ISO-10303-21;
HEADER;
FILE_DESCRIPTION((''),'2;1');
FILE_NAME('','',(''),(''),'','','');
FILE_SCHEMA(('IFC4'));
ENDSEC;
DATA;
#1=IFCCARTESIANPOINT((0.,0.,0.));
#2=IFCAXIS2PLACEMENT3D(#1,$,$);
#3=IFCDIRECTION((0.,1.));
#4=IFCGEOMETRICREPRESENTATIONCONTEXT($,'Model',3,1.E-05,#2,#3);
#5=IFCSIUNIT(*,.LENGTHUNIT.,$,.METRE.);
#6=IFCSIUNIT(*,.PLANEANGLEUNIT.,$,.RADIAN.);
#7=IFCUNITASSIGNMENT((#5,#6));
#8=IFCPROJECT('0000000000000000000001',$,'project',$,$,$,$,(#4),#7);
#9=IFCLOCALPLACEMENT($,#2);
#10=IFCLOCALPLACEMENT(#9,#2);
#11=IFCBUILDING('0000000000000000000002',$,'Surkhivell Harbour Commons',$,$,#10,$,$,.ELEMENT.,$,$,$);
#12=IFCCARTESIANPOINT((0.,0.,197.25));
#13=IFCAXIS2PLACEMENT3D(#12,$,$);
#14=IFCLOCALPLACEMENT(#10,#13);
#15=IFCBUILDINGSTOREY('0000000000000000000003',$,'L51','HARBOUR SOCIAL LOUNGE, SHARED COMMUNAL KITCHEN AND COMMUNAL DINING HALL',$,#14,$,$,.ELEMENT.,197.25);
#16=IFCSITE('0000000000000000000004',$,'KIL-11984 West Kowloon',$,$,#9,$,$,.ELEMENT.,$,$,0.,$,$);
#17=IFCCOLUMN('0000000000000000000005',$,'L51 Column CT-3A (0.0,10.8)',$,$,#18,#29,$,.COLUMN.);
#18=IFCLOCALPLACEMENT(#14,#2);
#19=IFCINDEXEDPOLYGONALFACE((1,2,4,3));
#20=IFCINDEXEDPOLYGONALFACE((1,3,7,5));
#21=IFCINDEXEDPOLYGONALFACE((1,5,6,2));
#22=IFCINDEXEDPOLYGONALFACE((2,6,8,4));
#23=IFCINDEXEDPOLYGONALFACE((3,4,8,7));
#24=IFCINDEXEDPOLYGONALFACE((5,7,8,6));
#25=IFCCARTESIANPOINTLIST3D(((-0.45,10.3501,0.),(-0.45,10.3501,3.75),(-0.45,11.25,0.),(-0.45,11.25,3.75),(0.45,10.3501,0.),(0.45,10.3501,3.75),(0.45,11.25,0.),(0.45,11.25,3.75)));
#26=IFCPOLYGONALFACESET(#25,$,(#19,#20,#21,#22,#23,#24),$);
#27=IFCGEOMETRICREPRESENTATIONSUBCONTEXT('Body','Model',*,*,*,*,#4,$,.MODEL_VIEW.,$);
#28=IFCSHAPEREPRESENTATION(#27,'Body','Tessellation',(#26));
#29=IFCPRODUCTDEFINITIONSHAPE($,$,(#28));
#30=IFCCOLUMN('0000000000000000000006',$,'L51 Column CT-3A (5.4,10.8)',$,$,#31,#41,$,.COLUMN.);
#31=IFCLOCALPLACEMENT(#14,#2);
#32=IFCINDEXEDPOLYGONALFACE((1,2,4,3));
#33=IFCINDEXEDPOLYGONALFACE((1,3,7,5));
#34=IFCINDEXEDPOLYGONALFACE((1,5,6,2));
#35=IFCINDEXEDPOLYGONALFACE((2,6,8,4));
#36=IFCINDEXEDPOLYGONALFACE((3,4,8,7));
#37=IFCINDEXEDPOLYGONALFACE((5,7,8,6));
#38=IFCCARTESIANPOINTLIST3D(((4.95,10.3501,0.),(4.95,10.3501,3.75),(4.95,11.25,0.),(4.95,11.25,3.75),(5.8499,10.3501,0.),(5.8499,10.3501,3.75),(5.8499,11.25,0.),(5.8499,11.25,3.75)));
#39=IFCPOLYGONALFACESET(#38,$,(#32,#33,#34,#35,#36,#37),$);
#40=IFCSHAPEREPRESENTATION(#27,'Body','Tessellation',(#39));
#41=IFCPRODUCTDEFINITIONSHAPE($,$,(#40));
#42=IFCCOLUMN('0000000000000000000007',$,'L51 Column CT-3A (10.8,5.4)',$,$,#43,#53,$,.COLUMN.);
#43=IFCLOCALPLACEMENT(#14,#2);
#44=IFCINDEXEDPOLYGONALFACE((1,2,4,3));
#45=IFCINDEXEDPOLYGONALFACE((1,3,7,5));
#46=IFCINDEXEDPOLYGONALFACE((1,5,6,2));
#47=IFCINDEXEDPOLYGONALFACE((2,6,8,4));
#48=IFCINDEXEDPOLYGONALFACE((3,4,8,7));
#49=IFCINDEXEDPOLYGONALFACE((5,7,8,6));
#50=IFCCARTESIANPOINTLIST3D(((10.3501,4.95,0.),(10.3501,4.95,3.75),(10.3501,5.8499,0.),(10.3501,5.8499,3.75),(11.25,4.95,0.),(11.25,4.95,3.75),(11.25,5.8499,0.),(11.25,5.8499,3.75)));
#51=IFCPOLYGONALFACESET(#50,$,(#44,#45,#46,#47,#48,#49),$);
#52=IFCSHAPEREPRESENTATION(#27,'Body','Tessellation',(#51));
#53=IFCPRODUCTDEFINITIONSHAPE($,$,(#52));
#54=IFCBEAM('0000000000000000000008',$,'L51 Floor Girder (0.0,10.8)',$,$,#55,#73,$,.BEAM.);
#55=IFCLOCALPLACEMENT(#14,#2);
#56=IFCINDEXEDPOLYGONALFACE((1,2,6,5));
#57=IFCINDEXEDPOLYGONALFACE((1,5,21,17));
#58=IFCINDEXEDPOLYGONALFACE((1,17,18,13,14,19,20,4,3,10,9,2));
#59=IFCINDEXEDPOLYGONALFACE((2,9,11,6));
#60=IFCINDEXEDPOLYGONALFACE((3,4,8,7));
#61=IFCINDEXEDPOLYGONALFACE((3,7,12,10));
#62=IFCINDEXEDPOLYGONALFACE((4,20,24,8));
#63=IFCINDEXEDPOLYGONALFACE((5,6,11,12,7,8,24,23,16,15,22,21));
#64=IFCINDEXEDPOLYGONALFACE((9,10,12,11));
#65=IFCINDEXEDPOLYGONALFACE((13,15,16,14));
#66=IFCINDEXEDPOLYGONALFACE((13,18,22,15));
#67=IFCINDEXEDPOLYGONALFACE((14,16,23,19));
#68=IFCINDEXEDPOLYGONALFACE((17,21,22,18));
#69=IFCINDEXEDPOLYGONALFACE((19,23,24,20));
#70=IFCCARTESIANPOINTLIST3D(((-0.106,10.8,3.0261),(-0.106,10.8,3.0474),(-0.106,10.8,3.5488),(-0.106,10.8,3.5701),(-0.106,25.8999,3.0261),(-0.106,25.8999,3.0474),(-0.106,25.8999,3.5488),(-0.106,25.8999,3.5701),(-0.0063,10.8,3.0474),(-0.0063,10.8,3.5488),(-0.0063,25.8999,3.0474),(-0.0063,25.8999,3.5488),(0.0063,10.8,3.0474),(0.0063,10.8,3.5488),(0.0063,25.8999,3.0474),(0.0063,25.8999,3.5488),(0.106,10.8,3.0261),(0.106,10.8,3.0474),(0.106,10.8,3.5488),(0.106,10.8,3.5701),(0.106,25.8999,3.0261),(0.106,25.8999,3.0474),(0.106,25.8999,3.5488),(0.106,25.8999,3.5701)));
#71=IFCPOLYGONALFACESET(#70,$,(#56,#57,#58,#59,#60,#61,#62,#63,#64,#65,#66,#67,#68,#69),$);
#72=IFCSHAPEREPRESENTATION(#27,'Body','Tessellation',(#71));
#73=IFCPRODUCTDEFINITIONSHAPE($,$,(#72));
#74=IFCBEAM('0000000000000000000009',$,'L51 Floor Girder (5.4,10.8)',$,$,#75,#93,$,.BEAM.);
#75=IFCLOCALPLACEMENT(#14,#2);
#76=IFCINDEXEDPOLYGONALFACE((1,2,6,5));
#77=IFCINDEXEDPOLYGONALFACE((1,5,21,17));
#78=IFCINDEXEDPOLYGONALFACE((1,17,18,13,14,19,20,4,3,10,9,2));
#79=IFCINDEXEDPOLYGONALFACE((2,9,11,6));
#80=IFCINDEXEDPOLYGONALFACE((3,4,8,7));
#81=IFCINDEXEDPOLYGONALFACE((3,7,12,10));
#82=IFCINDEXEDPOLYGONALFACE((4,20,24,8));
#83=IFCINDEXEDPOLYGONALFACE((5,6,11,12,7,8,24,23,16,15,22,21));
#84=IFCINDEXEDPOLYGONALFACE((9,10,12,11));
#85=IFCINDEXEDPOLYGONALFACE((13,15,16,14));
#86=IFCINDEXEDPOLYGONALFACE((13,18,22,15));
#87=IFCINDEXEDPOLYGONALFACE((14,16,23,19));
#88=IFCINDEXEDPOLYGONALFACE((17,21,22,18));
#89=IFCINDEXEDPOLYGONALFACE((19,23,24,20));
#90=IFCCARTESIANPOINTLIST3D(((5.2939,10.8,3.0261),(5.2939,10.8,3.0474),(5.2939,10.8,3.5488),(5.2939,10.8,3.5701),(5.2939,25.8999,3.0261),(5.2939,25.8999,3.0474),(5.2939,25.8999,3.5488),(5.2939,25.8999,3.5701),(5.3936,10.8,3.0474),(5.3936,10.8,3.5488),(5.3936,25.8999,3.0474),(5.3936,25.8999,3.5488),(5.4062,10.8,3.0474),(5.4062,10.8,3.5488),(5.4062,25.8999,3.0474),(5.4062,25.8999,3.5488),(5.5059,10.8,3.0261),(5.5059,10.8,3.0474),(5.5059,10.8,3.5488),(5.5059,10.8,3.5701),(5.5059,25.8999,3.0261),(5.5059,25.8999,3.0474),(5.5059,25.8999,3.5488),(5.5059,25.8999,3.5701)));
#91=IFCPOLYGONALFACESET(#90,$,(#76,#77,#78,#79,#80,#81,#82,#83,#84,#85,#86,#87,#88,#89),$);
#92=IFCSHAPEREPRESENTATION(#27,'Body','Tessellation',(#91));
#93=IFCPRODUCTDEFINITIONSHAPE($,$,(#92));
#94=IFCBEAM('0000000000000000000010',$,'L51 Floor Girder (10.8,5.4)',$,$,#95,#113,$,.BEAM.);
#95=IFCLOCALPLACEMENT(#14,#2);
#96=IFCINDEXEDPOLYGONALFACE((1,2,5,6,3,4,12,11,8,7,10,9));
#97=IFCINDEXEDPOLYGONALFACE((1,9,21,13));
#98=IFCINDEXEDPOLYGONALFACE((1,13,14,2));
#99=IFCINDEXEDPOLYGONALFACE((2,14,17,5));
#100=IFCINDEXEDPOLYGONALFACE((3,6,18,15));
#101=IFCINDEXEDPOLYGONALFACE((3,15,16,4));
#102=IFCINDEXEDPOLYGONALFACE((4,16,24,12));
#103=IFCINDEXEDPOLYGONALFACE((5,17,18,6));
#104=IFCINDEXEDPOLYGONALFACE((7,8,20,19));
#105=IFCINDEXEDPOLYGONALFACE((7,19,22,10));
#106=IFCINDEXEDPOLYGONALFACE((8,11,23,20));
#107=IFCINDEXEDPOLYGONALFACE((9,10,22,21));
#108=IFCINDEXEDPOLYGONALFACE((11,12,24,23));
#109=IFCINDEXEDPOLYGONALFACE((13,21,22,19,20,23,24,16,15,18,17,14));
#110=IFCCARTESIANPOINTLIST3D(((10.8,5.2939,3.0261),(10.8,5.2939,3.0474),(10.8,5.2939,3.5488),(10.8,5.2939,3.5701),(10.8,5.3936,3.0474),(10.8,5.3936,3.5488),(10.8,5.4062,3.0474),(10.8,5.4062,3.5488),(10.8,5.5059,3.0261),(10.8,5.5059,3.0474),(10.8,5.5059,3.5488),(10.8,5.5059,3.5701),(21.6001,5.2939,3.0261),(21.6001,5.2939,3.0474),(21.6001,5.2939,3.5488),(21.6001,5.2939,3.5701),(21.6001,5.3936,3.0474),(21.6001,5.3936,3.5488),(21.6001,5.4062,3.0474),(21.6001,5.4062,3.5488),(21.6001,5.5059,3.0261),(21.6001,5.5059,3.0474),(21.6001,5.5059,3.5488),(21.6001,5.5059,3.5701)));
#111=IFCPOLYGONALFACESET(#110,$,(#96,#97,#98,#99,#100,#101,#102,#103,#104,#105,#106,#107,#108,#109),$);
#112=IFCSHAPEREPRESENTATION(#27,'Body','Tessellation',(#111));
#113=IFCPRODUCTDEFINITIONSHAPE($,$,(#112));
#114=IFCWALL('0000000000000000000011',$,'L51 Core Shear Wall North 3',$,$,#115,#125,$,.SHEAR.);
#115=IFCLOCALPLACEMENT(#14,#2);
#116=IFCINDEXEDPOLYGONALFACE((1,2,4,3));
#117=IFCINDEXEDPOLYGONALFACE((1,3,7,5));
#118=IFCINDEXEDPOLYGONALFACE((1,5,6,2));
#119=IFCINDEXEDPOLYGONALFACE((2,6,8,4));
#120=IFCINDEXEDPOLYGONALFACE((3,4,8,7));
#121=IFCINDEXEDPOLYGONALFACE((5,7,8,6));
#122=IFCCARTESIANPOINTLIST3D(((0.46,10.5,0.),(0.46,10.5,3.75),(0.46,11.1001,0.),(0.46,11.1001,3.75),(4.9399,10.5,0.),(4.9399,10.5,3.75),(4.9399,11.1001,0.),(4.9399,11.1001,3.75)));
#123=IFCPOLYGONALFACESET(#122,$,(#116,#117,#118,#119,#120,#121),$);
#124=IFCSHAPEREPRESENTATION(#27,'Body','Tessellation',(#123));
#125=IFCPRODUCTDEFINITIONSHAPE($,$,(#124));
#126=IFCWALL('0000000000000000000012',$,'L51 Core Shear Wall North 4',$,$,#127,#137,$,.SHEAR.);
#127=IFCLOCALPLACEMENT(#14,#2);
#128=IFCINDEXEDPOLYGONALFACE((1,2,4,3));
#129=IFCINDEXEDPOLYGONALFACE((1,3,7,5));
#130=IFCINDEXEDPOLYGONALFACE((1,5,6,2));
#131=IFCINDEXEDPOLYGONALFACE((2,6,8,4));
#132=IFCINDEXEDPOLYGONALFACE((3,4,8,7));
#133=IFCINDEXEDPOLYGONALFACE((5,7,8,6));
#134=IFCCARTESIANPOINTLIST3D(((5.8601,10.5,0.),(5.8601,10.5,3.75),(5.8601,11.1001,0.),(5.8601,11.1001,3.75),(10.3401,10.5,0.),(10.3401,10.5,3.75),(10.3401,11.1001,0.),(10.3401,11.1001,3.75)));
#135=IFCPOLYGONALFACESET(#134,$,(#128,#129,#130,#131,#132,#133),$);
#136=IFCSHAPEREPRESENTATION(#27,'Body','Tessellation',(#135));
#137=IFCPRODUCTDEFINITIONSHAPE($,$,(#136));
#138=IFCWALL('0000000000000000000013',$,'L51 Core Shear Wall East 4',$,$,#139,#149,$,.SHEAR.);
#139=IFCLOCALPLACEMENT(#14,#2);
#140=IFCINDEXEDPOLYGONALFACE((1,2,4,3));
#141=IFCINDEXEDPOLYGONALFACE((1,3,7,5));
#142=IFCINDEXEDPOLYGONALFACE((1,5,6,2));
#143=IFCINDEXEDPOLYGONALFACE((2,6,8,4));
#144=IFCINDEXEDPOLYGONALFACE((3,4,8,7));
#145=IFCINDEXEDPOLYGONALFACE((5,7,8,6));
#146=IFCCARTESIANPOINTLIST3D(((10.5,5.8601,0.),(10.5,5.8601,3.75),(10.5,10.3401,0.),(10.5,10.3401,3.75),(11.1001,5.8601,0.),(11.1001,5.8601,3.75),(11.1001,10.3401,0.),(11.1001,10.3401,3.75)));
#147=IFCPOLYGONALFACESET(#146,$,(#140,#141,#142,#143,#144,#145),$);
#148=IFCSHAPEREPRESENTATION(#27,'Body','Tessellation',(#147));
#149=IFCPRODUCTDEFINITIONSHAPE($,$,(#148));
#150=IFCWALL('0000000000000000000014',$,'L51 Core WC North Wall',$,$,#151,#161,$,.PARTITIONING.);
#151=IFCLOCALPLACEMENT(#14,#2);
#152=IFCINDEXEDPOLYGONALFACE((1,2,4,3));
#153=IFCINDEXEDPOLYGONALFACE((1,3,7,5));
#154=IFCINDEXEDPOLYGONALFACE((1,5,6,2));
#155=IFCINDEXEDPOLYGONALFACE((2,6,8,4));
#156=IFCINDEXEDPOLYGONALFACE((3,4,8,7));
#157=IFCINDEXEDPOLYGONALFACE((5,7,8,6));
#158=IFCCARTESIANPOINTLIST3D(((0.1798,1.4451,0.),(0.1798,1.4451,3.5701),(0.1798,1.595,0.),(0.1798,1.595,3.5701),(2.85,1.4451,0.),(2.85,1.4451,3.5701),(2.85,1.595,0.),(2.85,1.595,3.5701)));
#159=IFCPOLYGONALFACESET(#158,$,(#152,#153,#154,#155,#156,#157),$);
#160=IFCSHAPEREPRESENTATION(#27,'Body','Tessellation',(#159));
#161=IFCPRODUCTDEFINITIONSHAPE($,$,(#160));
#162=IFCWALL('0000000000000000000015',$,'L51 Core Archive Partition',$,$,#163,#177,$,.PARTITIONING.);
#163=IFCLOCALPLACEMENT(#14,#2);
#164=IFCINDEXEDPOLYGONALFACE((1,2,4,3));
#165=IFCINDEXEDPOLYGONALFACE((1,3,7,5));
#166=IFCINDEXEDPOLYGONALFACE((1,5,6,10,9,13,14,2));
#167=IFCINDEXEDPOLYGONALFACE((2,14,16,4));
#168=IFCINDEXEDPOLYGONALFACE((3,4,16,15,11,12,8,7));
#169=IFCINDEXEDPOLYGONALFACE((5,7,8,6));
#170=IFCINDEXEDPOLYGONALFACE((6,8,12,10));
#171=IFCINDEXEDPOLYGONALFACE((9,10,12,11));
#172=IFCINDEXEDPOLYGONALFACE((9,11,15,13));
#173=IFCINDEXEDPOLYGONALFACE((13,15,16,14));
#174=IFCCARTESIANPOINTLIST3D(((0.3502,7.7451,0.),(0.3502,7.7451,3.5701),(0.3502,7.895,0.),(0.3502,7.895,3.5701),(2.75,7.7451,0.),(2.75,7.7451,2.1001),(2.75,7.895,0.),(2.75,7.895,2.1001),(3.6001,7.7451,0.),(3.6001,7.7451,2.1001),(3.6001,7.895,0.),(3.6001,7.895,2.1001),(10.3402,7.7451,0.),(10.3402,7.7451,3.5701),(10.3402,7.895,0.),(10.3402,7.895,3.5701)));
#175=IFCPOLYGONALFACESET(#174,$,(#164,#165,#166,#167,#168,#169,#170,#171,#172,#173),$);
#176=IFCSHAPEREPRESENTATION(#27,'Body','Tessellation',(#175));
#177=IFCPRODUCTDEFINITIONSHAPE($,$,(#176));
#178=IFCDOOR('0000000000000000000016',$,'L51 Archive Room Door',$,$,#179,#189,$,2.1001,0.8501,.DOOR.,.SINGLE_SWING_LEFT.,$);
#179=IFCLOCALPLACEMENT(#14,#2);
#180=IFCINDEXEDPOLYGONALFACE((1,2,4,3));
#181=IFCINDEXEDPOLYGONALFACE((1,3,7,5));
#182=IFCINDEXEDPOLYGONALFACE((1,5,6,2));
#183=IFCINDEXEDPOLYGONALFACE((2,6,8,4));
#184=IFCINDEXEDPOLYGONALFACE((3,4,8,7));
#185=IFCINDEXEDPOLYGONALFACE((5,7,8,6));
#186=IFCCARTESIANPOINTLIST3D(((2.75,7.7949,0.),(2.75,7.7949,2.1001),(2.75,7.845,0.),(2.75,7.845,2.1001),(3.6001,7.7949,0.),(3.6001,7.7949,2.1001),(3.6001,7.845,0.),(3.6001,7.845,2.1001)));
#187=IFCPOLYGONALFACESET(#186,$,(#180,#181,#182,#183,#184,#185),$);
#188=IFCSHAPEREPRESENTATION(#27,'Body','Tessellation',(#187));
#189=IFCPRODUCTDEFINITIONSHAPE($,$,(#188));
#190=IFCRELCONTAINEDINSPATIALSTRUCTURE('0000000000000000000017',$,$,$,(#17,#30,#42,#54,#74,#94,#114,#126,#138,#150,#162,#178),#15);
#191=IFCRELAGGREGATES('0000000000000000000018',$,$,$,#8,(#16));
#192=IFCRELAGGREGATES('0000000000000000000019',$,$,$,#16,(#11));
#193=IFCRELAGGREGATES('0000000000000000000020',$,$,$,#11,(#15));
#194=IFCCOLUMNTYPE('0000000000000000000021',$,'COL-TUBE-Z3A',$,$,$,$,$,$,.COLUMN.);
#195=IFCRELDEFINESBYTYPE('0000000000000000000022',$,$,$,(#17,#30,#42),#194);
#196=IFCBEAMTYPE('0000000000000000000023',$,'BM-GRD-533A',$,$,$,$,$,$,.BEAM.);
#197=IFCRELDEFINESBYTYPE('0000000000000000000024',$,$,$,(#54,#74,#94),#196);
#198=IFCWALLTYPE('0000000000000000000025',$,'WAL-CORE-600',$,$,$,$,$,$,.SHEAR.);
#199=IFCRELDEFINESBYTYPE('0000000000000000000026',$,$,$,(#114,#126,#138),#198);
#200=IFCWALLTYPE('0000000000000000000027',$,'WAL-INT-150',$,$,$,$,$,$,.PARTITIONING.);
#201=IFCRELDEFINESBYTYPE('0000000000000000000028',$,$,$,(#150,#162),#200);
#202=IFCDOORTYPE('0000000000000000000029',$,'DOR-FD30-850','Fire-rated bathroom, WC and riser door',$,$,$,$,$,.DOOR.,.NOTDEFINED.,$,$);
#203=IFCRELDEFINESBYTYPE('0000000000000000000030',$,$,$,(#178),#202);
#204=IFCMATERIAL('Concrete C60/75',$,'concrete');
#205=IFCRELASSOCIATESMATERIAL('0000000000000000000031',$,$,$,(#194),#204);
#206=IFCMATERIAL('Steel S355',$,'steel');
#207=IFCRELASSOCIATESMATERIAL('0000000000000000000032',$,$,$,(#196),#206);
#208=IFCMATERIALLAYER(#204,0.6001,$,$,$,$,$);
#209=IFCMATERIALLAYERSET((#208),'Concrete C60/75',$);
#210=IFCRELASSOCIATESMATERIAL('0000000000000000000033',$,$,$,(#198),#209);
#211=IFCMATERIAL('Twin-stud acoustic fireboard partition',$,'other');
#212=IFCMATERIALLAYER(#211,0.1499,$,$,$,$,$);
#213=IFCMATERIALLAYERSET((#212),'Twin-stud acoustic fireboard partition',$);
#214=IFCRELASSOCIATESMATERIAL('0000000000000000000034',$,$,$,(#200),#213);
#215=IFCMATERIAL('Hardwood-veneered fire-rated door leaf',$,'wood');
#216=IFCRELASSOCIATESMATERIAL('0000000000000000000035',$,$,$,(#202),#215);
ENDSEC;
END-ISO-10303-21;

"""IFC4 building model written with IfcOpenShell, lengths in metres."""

from ifc_helpers import new_model, si_unit, direction, frame, frame_2d, origin, origin_2d, place, context, subcontext, project, spatial, rectangle, i_section, extrude, material, layer, layer_set, material_profile, profile_set, type_object, element, fill, save


model = new_model("IFC4")

# Units and contexts
model_context = context("Model", 3, precision=1e-05, world=origin(), true_north=direction((0.0, 1.0)))
body_context = subcontext(model_context, "Body", "Model", "MODEL_VIEW")
ifc_project = project(units=[si_unit("LENGTHUNIT", "METRE"), si_unit("PLANEANGLEUNIT", "RADIAN")], contexts=[model_context])

# Site, building, storey
site_placement = place(None, origin())
site = spatial("IfcSite", under=ifc_project, at=site_placement, Name="KIL-11984 West Kowloon", CompositionType="ELEMENT", RefElevation=0.0)
building_placement = place(site_placement, origin())
building = spatial("IfcBuilding", under=site, at=building_placement, Name="Surkhivell Harbour Commons", CompositionType="ELEMENT")
storey_placement = place(building_placement, frame((0.0, 0.0, 197.25)))
storey = spatial("IfcBuildingStorey", under=building, at=storey_placement, Name="L51", Description="HARBOUR SOCIAL LOUNGE, SHARED COMMUNAL KITCHEN AND COMMUNAL DINING HALL", CompositionType="ELEMENT", Elevation=197.25)

# Columns
ifc_material_1 = material(Name="Concrete C60/75", Category="concrete")
ifc_material_profile_1 = material_profile(ifc_material_1, rectangle(XDim=0.8999, YDim=0.8999, at=origin_2d()), Name="RC-COL-900x900")
ifc_profile_set_1 = profile_set([ifc_material_profile_1], Name="Concrete C60/75")
column_type = type_object("IfcColumnType", Name="COL-TUBE-Z3A", PredefinedType="COLUMN", material=ifc_profile_set_1)
for number, where, z_axis, x_axis, name in (
    (1, (0.0, 10.8, 0.0), (0.0, 0.0, 1.0), (1.0, 0.0, 0.0), "L51 Column CT-3A (0.0,10.8)"),
    (2, (5.3999, 10.8, 0.0), (0.0, 0.0, 1.0), (1.0, 0.0, 0.0), "L51 Column CT-3A (5.4,10.8)"),
    (3, (10.8, 5.3999, 0.0), (0.0, 0.0, 1.0), (1.0, 0.0, 0.0), "L51 Column CT-3A (10.8,5.4)"),
):
    element("IfcColumn", number, at=place(storey_placement, frame(where, z_axis=z_axis, x_axis=x_axis)), inside=storey, type_object=column_type, Name=name, PredefinedType="COLUMN", context=body_context, shape_type="SweptSolid", body=[
        extrude(rectangle(XDim=0.8999, YDim=0.8999, at=origin_2d()), origin(), (0.0, 0.0, 1.0), 3.75),
    ])

# Beams
ifc_material_2 = material(Name="Steel S355", Category="steel")
ifc_material_profile_2 = material_profile(ifc_material_2, i_section(OverallWidth=0.2119, OverallDepth=0.5439, WebThickness=0.0127, FlangeThickness=0.0212, at=origin_2d()), Name="UB533x210x122")
ifc_profile_set_2 = profile_set([ifc_material_profile_2], Name="Steel S355")
beam_type = type_object("IfcBeamType", Name="BM-GRD-533A", PredefinedType="BEAM", material=ifc_profile_set_2)
for number, where, z_axis, x_axis, name in (
    (4, (0.0, 10.8, 3.2981), (0.0, 1.0, 0.0), (-1.0, 0.0, 0.0), "L51 Floor Girder (0.0,10.8)"),
    (5, (5.3999, 10.8, 3.2981), (0.0, 1.0, 0.0), (-1.0, 0.0, 0.0), "L51 Floor Girder (5.4,10.8)"),
):
    element("IfcBeam", number, at=place(storey_placement, frame(where, z_axis=z_axis, x_axis=x_axis)), inside=storey, type_object=beam_type, Name=name, PredefinedType="BEAM", context=body_context, shape_type="SweptSolid", body=[
        extrude(i_section(OverallWidth=0.2119, OverallDepth=0.5439, WebThickness=0.0127, FlangeThickness=0.0212, at=origin_2d()), origin(), (0.0, 0.0, 1.0), 15.0999),
    ])
beam_placement = place(storey_placement, frame((10.8, 5.3999, 3.2981), z_axis=(1.0, 0.0, 0.0), x_axis=(0.0, 1.0, 0.0)))
element("IfcBeam", 6, at=beam_placement, inside=storey, type_object=beam_type, Name="L51 Floor Girder (10.8,5.4)", PredefinedType="BEAM", context=body_context, shape_type="SweptSolid", body=[
    extrude(i_section(OverallWidth=0.2119, OverallDepth=0.5439, WebThickness=0.0127, FlangeThickness=0.0212, at=origin_2d()), origin(), (0.0, 0.0, 1.0), 10.8),
])

# Walls
ifc_layer_1 = layer(ifc_material_1, 0.6001)
ifc_layer_set_1 = layer_set([ifc_layer_1], Name="Concrete C60/75")
wall_type_1 = type_object("IfcWallType", Name="WAL-CORE-600", PredefinedType="SHEAR", material=ifc_layer_set_1)
for number, where, z_axis, x_axis, name in (
    (7, (0.46, 10.8, 0.0), (0.0, 0.0, 1.0), (1.0, 0.0, 0.0), "L51 Core Shear Wall North 3"),
    (8, (5.8601, 10.8, 0.0), (0.0, 0.0, 1.0), (1.0, 0.0, 0.0), "L51 Core Shear Wall North 4"),
    (9, (10.8, 5.8601, 0.0), (0.0, 0.0, 1.0), (0.0, 1.0, 0.0), "L51 Core Shear Wall East 4"),
):
    element("IfcWall", number, at=place(storey_placement, frame(where, z_axis=z_axis, x_axis=x_axis)), inside=storey, type_object=wall_type_1, Name=name, PredefinedType="SHEAR", context=body_context, shape_type="SweptSolid", body=[
        extrude(rectangle(XDim=4.48, YDim=0.6001, at=frame_2d((2.24, 0.0))), origin(), (0.0, 0.0, 1.0), 3.75),
    ])
ifc_material_3 = material(Name="Twin-stud acoustic fireboard partition", Category="other")
ifc_layer_2 = layer(ifc_material_3, 0.1499)
ifc_layer_set_2 = layer_set([ifc_layer_2], Name="Twin-stud acoustic fireboard partition")
wall_type_2 = type_object("IfcWallType", Name="WAL-INT-150", PredefinedType="PARTITIONING", material=ifc_layer_set_2)
wall_1_placement = place(storey_placement, frame((0.1799, 1.52, 0.0), z_axis=(0.0, 0.0, 1.0), x_axis=(1.0, 0.0, 0.0)))
element("IfcWall", 10, at=wall_1_placement, inside=storey, type_object=wall_type_2, Name="L51 Core WC North Wall", PredefinedType="PARTITIONING", context=body_context, shape_type="SweptSolid", body=[
    extrude(rectangle(XDim=2.6702, YDim=0.1499, at=frame_2d((1.335, 0.0))), origin(), (0.0, 0.0, 1.0), 3.5701),
])

# Wall, opening, door
wall_2_placement = place(storey_placement, frame((0.3501, 7.8201, 0.0), z_axis=(0.0, 0.0, 1.0), x_axis=(1.0, 0.0, 0.0)))
wall_2 = element("IfcWall", 11, at=wall_2_placement, inside=storey, type_object=wall_type_2, Name="L51 Core Archive Partition", PredefinedType="PARTITIONING", context=body_context, shape_type="SweptSolid", body=[
    extrude(rectangle(XDim=9.99, YDim=0.1499, at=frame_2d((4.9951, 0.0))), origin(), (0.0, 0.0, 1.0), 3.5701),
])
opening_1_placement = place(wall_2_placement, frame((2.3999, 0.0, 0.0)))
opening_1 = element("IfcOpeningElement", 12, at=opening_1_placement, cuts=wall_2, PredefinedType="OPENING", context=body_context, shape_type="SweptSolid", body=[
    extrude(rectangle(XDim=0.8501, YDim=2.1001, at=frame_2d((0.425, 1.05))), frame((0.0, 0.085, 0.0), z_axis=(0.0, -1.0, 0.0), x_axis=(1.0, 0.0, 0.0)), (0.0, 0.0, 1.0), 0.1699),
])
ifc_material_4 = material(Name="Hardwood-veneered fire-rated door leaf", Category="wood")
door_type_1 = type_object("IfcDoorType", Name="DOR-FD30-850", Description="Fire-rated bathroom, WC and riser door", OperationType="NOTDEFINED", PredefinedType="DOOR", material=ifc_material_4)
door_1_placement = place(opening_1_placement, origin())
door_1 = element("IfcDoor", 13, at=door_1_placement, inside=storey, type_object=door_type_1, Name="L51 Archive Room Door", OperationType="SINGLE_SWING_LEFT", OverallHeight=2.1001, OverallWidth=0.8501, PredefinedType="DOOR", context=body_context, shape_type="SweptSolid", body=[
    extrude(rectangle(XDim=0.8501, YDim=2.1001, at=frame_2d((0.425, 1.05))), frame((0.0, 0.0249, 0.0), z_axis=(0.0, -1.0, 0.0), x_axis=(1.0, 0.0, 0.0)), (0.0, 0.0, 1.0), 0.05),
])
fill(opening_1, door_1)

save(model, "model.ifc")
